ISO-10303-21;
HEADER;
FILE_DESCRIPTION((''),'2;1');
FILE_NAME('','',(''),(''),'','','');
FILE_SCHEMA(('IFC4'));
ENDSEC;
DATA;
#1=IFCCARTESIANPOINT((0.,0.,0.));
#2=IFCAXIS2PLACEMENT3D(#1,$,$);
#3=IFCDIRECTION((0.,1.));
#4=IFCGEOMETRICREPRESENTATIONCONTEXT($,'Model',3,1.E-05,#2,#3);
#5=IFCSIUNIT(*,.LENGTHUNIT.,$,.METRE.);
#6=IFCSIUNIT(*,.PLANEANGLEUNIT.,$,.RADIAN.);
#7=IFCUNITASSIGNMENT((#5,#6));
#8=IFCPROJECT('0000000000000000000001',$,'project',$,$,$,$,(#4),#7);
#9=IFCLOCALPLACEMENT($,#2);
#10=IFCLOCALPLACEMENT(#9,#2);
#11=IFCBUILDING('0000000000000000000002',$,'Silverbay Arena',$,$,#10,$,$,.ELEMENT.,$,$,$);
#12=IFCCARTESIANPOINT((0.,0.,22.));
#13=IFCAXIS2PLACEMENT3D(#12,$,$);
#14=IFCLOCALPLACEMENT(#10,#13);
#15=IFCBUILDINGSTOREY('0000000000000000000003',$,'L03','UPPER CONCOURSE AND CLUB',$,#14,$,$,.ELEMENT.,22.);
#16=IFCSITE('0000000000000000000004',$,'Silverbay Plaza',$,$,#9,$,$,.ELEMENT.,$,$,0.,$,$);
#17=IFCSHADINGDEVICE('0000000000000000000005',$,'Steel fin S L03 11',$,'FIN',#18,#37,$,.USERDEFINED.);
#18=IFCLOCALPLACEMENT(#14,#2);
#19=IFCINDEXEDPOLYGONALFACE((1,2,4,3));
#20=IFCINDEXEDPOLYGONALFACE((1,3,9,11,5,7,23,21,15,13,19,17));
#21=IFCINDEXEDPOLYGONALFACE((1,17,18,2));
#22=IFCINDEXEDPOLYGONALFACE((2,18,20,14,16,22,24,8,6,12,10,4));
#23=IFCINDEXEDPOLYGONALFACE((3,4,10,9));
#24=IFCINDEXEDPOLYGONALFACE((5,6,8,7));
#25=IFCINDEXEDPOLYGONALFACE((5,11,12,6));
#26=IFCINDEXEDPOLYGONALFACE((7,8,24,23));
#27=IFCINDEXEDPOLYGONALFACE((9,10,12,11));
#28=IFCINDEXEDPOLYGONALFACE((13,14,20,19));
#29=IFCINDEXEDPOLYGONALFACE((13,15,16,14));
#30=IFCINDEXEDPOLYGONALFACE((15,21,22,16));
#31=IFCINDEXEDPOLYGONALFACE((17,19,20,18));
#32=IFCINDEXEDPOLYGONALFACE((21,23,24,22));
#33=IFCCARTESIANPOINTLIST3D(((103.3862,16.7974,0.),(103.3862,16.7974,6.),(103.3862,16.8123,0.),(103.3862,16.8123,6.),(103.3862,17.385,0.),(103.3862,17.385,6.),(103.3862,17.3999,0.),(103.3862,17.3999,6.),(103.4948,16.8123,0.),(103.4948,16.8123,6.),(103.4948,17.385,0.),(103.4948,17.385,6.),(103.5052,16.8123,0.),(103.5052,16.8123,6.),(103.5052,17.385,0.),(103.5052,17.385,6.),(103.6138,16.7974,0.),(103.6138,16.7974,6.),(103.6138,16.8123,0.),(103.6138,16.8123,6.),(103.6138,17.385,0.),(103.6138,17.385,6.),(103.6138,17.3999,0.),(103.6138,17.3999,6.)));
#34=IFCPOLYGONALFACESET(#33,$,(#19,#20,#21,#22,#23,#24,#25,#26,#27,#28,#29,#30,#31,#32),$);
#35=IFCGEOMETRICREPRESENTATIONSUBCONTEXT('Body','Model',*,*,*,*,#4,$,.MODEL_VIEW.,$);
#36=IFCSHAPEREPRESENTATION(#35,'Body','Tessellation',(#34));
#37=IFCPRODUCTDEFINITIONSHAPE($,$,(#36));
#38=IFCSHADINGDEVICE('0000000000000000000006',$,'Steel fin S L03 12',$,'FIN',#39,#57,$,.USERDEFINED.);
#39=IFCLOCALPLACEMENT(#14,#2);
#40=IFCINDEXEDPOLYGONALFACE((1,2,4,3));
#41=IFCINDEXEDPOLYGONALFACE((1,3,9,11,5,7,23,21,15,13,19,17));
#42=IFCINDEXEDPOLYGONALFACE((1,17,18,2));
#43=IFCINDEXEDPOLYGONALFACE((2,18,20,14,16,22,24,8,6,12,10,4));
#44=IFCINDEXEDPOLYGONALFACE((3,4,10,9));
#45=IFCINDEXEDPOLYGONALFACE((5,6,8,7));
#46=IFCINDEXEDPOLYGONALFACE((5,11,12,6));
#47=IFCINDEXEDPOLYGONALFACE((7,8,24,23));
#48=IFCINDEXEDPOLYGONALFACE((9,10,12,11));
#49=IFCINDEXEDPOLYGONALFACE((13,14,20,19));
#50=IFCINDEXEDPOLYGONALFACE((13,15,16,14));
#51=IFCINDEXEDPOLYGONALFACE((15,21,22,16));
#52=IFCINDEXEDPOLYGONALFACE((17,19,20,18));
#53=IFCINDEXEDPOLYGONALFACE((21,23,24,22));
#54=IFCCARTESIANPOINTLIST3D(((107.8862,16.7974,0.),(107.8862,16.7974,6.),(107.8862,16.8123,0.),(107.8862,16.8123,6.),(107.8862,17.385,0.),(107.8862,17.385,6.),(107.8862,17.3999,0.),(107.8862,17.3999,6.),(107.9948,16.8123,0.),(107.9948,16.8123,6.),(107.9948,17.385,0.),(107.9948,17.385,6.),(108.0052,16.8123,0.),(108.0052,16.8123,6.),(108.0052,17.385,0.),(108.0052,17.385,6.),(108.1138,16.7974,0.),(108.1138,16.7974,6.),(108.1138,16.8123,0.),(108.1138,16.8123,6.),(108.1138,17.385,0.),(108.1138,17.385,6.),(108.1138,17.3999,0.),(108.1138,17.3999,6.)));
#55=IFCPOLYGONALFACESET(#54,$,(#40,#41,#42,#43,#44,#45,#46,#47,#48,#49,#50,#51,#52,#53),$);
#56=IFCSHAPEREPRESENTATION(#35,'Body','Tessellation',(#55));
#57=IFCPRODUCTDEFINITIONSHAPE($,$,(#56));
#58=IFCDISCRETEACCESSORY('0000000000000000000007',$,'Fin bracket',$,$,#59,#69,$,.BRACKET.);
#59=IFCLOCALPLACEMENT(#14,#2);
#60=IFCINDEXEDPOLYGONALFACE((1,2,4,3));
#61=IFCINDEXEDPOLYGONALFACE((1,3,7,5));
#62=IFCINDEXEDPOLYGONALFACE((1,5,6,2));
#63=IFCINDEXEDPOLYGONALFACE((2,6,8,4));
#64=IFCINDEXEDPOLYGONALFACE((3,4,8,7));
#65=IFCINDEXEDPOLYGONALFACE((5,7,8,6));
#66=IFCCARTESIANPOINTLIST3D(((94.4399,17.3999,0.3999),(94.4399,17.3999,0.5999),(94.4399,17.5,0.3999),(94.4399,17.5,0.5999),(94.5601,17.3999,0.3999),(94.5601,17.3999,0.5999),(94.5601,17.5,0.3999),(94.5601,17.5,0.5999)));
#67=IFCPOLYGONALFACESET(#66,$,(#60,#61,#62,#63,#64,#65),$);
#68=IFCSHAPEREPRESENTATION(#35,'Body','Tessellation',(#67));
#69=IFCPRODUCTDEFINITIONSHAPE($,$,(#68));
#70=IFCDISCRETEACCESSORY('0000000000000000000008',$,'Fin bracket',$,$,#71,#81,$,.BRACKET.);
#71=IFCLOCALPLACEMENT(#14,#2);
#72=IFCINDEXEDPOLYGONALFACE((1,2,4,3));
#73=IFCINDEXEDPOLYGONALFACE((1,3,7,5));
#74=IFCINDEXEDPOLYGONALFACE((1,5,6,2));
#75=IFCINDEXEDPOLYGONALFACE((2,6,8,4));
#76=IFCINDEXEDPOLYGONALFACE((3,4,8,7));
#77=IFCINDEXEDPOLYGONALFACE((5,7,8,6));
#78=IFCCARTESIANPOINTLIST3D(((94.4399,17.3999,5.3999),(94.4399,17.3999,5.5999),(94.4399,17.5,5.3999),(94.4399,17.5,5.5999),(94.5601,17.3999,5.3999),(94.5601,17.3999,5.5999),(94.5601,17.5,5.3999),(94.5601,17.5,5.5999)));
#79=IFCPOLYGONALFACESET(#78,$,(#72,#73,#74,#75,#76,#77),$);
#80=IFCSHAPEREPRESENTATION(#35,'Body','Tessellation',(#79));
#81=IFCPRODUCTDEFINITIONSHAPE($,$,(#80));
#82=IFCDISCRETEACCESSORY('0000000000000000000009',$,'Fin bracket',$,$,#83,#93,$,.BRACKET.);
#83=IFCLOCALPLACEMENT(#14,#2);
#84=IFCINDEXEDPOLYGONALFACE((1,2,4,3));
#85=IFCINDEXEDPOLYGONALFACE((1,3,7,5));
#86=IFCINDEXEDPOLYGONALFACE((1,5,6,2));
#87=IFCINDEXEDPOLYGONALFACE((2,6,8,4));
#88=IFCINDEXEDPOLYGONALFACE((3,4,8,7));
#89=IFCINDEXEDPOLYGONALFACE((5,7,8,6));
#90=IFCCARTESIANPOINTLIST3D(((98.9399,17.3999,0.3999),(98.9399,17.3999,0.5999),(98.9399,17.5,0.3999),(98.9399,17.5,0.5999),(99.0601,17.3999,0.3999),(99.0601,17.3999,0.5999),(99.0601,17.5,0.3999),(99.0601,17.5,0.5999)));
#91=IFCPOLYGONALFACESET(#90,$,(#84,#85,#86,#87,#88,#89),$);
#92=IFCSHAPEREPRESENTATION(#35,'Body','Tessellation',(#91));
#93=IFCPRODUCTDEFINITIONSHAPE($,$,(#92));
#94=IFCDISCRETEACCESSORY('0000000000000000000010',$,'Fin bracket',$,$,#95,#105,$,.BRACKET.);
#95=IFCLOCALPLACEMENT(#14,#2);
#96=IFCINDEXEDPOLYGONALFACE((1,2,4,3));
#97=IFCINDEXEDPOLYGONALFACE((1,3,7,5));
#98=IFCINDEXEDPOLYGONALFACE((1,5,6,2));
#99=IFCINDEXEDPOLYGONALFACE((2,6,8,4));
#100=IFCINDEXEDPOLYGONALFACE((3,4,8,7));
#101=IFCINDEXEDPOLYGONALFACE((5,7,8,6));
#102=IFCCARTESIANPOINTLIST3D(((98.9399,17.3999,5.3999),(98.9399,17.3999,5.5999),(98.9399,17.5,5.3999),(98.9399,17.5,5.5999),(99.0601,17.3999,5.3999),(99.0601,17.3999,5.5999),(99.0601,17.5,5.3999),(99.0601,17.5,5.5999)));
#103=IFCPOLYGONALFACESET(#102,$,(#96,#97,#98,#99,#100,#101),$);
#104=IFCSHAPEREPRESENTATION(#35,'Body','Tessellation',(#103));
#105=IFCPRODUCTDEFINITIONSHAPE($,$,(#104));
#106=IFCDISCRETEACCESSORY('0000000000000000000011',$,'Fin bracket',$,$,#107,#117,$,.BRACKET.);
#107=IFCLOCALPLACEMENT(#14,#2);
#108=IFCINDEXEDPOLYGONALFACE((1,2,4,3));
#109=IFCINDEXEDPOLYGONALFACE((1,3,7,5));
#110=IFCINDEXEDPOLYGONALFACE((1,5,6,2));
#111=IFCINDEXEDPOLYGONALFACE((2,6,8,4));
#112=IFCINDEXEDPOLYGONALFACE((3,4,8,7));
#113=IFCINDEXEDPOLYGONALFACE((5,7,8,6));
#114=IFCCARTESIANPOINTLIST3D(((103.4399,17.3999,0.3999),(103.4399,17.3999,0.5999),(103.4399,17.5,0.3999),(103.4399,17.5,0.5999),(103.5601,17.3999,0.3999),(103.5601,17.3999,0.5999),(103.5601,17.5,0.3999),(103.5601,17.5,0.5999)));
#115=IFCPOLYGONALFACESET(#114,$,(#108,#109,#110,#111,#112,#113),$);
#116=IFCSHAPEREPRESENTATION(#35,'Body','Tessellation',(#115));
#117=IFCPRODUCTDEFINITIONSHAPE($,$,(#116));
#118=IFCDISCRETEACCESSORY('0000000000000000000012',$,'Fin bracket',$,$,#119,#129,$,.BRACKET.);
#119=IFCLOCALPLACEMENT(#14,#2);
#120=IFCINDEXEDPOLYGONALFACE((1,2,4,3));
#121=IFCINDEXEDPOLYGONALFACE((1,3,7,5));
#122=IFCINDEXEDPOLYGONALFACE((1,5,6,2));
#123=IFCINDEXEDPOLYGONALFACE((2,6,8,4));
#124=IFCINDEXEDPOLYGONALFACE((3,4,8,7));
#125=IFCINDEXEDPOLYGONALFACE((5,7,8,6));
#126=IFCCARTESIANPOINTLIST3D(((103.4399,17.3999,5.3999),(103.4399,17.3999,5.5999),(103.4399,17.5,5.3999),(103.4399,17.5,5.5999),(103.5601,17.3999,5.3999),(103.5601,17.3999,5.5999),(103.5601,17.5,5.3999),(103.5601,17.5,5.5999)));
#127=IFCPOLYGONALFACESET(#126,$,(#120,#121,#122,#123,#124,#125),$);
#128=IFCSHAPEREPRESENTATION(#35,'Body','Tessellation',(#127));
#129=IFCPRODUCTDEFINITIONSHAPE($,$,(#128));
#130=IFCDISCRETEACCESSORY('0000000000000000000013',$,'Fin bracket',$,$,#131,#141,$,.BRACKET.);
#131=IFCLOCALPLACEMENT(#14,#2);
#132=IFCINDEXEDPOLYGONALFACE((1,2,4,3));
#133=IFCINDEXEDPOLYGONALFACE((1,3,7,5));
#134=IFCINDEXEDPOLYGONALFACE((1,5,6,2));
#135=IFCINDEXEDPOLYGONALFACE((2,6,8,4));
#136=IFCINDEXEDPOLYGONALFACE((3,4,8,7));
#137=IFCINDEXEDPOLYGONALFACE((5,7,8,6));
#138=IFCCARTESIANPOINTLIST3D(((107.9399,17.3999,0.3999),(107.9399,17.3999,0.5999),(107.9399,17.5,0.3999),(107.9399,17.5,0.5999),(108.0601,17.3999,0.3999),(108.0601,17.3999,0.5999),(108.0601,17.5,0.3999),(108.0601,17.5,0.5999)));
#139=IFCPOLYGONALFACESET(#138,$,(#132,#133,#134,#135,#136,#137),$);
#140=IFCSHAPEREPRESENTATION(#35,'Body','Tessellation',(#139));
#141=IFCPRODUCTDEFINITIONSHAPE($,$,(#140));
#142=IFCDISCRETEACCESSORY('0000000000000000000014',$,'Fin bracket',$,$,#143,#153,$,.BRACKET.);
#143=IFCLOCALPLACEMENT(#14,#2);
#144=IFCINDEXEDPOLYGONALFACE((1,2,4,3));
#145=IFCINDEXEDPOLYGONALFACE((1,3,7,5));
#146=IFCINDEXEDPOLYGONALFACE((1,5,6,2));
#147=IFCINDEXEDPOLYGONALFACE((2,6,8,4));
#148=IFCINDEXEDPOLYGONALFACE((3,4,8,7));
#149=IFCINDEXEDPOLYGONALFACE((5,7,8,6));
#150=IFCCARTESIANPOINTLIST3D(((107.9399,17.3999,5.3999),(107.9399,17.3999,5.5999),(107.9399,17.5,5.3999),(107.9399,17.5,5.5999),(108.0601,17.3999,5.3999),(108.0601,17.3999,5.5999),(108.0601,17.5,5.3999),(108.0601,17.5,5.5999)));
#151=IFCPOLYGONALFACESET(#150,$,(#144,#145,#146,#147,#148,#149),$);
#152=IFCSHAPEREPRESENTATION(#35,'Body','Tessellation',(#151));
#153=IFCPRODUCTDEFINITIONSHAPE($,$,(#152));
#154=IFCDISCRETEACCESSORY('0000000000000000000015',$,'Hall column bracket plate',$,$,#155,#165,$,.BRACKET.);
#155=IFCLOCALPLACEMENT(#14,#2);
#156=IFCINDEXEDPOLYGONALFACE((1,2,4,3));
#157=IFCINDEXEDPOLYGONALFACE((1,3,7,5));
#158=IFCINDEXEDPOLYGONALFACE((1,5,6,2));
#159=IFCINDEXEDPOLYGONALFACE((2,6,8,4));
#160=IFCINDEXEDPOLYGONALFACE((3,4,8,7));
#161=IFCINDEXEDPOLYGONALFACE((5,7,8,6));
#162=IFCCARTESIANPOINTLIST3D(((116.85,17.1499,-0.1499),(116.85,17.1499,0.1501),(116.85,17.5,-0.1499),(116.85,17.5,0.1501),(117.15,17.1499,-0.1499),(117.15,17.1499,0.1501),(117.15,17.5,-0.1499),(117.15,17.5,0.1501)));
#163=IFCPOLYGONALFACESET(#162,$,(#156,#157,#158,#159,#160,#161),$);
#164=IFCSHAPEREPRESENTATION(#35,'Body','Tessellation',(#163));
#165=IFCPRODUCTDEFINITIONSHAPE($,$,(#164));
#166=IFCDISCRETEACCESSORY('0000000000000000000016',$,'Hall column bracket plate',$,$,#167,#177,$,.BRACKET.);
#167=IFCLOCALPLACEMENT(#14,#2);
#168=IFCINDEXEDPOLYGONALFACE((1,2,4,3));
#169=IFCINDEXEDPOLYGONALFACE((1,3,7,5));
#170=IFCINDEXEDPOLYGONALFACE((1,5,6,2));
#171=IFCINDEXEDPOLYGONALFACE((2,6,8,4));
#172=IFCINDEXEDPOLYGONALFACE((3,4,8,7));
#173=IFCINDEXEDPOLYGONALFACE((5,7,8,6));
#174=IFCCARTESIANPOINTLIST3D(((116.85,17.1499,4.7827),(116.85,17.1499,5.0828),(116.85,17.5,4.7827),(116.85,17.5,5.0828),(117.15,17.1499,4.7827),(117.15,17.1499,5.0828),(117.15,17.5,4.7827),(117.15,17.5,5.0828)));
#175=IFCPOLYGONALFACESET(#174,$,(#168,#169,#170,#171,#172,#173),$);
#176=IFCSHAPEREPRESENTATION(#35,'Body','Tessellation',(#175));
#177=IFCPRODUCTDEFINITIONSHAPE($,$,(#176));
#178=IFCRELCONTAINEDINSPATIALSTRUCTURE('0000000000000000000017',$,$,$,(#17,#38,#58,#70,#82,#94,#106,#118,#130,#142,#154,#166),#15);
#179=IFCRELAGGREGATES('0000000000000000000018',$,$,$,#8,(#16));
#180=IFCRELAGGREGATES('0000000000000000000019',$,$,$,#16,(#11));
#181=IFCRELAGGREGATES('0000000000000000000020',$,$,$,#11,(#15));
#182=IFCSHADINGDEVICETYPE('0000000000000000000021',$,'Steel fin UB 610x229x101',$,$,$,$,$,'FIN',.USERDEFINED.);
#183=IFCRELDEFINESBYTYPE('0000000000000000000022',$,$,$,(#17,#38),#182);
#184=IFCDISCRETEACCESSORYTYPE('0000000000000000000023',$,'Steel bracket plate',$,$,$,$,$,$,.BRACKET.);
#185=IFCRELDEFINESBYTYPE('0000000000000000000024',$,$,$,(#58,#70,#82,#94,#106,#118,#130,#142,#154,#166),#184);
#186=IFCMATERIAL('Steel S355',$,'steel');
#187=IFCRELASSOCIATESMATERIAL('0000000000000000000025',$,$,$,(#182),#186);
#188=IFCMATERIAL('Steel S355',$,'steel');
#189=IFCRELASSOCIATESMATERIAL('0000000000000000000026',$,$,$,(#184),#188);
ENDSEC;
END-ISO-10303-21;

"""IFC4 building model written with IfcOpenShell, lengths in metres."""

from ifc_helpers import new_model, si_unit, direction, frame, origin, origin_2d, place, context, subcontext, project, spatial, rectangle, i_section, extrude, material, material_profile, profile_set, type_object, element, save


model = new_model("IFC4")

# Units and contexts
model_context = context("Model", 3, precision=1e-05, world=origin(), true_north=direction((0.0, 1.0)))
body_context = subcontext(model_context, "Body", "Model", "MODEL_VIEW")
ifc_project = project(units=[si_unit("LENGTHUNIT", "METRE"), si_unit("PLANEANGLEUNIT", "RADIAN")], contexts=[model_context])

# Site, building, storey
site_placement = place(None, origin())
site = spatial("IfcSite", under=ifc_project, at=site_placement, Name="Silverbay Plaza", CompositionType="ELEMENT", RefElevation=0.0)
building_placement = place(site_placement, origin())
building = spatial("IfcBuilding", under=site, at=building_placement, Name="Silverbay Arena", CompositionType="ELEMENT")
storey_placement = place(building_placement, frame((0.0, 0.0, 22.0)))
storey = spatial("IfcBuildingStorey", under=building, at=storey_placement, Name="L03", Description="UPPER CONCOURSE AND CLUB", CompositionType="ELEMENT", Elevation=22.0)

# Shading devices
ifc_material_1 = material(Name="Steel S355", Category="steel")
ifc_material_profile_1 = material_profile(ifc_material_1, i_section(OverallWidth=0.2275, OverallDepth=0.6025, WebThickness=0.0105, FlangeThickness=0.0149, at=origin_2d()), Name="UB 610x229x101")
ifc_profile_set_1 = profile_set([ifc_material_profile_1], Name="Steel S355")
shading_device_type = type_object("IfcShadingDeviceType", Name="Steel fin UB 610x229x101", ElementType="FIN", PredefinedType="USERDEFINED", material=ifc_profile_set_1)
for number, where, z_axis, x_axis, name in (
    (1, (103.5, 17.0986, 0.0), (0.0, 0.0, 1.0), (1.0, 0.0, 0.0), "Steel fin S L03 11"),
    (2, (108.0, 17.0986, 0.0), (0.0, 0.0, 1.0), (1.0, 0.0, 0.0), "Steel fin S L03 12"),
):
    element("IfcShadingDevice", number, at=place(storey_placement, frame(where, z_axis=z_axis, x_axis=x_axis)), inside=storey, type_object=shading_device_type, Name=name, ObjectType="FIN", PredefinedType="USERDEFINED", context=body_context, shape_type="SweptSolid", body=[
        extrude(i_section(OverallWidth=0.2275, OverallDepth=0.6025, WebThickness=0.0105, FlangeThickness=0.0149, at=origin_2d()), origin(), (0.0, 0.0, 1.0), 6.0),
    ])

# Discrete accessories
ifc_material_2 = material(Name="Steel S355", Category="steel")
discrete_accessory_type = type_object("IfcDiscreteAccessoryType", Name="Steel bracket plate", PredefinedType="BRACKET", material=ifc_material_2)
for number, where, z_axis, x_axis, name in (
    (3, (94.5, 17.45, 0.3999), (0.0, 0.0, 1.0), (1.0, 0.0, 0.0), "Fin bracket"),
    (4, (94.5, 17.45, 5.3999), (0.0, 0.0, 1.0), (1.0, 0.0, 0.0), "Fin bracket"),
    (5, (99.0, 17.45, 0.3999), (0.0, 0.0, 1.0), (1.0, 0.0, 0.0), "Fin bracket"),
    (6, (99.0, 17.45, 5.3999), (0.0, 0.0, 1.0), (1.0, 0.0, 0.0), "Fin bracket"),
    (7, (103.5, 17.45, 0.3999), (0.0, 0.0, 1.0), (1.0, 0.0, 0.0), "Fin bracket"),
    (8, (103.5, 17.45, 5.3999), (0.0, 0.0, 1.0), (1.0, 0.0, 0.0), "Fin bracket"),
    (9, (108.0, 17.45, 0.3999), (0.0, 0.0, 1.0), (1.0, 0.0, 0.0), "Fin bracket"),
    (10, (108.0, 17.45, 5.3999), (0.0, 0.0, 1.0), (1.0, 0.0, 0.0), "Fin bracket"),
):
    element("IfcDiscreteAccessory", number, at=place(storey_placement, frame(where, z_axis=z_axis, x_axis=x_axis)), inside=storey, type_object=discrete_accessory_type, Name=name, PredefinedType="BRACKET", context=body_context, shape_type="SweptSolid", body=[
        extrude(rectangle(XDim=0.1201, YDim=0.1001, at=origin_2d()), origin(), (0.0, 0.0, 1.0), 0.2),
    ])
for number, where, z_axis, x_axis, name in (
    (11, (117.0, 17.325, -0.1499), (0.0, 0.0, 1.0), (1.0, 0.0, 0.0), "Hall column bracket plate"),
    (12, (117.0, 17.325, 4.7827), (0.0, 0.0, 1.0), (1.0, 0.0, 0.0), "Hall column bracket plate"),
):
    element("IfcDiscreteAccessory", number, at=place(storey_placement, frame(where, z_axis=z_axis, x_axis=x_axis)), inside=storey, type_object=discrete_accessory_type, Name=name, PredefinedType="BRACKET", context=body_context, shape_type="SweptSolid", body=[
        extrude(rectangle(XDim=0.3, YDim=0.3501, at=origin_2d()), origin(), (0.0, 0.0, 1.0), 0.3),
    ])

save(model, "model.ifc")
